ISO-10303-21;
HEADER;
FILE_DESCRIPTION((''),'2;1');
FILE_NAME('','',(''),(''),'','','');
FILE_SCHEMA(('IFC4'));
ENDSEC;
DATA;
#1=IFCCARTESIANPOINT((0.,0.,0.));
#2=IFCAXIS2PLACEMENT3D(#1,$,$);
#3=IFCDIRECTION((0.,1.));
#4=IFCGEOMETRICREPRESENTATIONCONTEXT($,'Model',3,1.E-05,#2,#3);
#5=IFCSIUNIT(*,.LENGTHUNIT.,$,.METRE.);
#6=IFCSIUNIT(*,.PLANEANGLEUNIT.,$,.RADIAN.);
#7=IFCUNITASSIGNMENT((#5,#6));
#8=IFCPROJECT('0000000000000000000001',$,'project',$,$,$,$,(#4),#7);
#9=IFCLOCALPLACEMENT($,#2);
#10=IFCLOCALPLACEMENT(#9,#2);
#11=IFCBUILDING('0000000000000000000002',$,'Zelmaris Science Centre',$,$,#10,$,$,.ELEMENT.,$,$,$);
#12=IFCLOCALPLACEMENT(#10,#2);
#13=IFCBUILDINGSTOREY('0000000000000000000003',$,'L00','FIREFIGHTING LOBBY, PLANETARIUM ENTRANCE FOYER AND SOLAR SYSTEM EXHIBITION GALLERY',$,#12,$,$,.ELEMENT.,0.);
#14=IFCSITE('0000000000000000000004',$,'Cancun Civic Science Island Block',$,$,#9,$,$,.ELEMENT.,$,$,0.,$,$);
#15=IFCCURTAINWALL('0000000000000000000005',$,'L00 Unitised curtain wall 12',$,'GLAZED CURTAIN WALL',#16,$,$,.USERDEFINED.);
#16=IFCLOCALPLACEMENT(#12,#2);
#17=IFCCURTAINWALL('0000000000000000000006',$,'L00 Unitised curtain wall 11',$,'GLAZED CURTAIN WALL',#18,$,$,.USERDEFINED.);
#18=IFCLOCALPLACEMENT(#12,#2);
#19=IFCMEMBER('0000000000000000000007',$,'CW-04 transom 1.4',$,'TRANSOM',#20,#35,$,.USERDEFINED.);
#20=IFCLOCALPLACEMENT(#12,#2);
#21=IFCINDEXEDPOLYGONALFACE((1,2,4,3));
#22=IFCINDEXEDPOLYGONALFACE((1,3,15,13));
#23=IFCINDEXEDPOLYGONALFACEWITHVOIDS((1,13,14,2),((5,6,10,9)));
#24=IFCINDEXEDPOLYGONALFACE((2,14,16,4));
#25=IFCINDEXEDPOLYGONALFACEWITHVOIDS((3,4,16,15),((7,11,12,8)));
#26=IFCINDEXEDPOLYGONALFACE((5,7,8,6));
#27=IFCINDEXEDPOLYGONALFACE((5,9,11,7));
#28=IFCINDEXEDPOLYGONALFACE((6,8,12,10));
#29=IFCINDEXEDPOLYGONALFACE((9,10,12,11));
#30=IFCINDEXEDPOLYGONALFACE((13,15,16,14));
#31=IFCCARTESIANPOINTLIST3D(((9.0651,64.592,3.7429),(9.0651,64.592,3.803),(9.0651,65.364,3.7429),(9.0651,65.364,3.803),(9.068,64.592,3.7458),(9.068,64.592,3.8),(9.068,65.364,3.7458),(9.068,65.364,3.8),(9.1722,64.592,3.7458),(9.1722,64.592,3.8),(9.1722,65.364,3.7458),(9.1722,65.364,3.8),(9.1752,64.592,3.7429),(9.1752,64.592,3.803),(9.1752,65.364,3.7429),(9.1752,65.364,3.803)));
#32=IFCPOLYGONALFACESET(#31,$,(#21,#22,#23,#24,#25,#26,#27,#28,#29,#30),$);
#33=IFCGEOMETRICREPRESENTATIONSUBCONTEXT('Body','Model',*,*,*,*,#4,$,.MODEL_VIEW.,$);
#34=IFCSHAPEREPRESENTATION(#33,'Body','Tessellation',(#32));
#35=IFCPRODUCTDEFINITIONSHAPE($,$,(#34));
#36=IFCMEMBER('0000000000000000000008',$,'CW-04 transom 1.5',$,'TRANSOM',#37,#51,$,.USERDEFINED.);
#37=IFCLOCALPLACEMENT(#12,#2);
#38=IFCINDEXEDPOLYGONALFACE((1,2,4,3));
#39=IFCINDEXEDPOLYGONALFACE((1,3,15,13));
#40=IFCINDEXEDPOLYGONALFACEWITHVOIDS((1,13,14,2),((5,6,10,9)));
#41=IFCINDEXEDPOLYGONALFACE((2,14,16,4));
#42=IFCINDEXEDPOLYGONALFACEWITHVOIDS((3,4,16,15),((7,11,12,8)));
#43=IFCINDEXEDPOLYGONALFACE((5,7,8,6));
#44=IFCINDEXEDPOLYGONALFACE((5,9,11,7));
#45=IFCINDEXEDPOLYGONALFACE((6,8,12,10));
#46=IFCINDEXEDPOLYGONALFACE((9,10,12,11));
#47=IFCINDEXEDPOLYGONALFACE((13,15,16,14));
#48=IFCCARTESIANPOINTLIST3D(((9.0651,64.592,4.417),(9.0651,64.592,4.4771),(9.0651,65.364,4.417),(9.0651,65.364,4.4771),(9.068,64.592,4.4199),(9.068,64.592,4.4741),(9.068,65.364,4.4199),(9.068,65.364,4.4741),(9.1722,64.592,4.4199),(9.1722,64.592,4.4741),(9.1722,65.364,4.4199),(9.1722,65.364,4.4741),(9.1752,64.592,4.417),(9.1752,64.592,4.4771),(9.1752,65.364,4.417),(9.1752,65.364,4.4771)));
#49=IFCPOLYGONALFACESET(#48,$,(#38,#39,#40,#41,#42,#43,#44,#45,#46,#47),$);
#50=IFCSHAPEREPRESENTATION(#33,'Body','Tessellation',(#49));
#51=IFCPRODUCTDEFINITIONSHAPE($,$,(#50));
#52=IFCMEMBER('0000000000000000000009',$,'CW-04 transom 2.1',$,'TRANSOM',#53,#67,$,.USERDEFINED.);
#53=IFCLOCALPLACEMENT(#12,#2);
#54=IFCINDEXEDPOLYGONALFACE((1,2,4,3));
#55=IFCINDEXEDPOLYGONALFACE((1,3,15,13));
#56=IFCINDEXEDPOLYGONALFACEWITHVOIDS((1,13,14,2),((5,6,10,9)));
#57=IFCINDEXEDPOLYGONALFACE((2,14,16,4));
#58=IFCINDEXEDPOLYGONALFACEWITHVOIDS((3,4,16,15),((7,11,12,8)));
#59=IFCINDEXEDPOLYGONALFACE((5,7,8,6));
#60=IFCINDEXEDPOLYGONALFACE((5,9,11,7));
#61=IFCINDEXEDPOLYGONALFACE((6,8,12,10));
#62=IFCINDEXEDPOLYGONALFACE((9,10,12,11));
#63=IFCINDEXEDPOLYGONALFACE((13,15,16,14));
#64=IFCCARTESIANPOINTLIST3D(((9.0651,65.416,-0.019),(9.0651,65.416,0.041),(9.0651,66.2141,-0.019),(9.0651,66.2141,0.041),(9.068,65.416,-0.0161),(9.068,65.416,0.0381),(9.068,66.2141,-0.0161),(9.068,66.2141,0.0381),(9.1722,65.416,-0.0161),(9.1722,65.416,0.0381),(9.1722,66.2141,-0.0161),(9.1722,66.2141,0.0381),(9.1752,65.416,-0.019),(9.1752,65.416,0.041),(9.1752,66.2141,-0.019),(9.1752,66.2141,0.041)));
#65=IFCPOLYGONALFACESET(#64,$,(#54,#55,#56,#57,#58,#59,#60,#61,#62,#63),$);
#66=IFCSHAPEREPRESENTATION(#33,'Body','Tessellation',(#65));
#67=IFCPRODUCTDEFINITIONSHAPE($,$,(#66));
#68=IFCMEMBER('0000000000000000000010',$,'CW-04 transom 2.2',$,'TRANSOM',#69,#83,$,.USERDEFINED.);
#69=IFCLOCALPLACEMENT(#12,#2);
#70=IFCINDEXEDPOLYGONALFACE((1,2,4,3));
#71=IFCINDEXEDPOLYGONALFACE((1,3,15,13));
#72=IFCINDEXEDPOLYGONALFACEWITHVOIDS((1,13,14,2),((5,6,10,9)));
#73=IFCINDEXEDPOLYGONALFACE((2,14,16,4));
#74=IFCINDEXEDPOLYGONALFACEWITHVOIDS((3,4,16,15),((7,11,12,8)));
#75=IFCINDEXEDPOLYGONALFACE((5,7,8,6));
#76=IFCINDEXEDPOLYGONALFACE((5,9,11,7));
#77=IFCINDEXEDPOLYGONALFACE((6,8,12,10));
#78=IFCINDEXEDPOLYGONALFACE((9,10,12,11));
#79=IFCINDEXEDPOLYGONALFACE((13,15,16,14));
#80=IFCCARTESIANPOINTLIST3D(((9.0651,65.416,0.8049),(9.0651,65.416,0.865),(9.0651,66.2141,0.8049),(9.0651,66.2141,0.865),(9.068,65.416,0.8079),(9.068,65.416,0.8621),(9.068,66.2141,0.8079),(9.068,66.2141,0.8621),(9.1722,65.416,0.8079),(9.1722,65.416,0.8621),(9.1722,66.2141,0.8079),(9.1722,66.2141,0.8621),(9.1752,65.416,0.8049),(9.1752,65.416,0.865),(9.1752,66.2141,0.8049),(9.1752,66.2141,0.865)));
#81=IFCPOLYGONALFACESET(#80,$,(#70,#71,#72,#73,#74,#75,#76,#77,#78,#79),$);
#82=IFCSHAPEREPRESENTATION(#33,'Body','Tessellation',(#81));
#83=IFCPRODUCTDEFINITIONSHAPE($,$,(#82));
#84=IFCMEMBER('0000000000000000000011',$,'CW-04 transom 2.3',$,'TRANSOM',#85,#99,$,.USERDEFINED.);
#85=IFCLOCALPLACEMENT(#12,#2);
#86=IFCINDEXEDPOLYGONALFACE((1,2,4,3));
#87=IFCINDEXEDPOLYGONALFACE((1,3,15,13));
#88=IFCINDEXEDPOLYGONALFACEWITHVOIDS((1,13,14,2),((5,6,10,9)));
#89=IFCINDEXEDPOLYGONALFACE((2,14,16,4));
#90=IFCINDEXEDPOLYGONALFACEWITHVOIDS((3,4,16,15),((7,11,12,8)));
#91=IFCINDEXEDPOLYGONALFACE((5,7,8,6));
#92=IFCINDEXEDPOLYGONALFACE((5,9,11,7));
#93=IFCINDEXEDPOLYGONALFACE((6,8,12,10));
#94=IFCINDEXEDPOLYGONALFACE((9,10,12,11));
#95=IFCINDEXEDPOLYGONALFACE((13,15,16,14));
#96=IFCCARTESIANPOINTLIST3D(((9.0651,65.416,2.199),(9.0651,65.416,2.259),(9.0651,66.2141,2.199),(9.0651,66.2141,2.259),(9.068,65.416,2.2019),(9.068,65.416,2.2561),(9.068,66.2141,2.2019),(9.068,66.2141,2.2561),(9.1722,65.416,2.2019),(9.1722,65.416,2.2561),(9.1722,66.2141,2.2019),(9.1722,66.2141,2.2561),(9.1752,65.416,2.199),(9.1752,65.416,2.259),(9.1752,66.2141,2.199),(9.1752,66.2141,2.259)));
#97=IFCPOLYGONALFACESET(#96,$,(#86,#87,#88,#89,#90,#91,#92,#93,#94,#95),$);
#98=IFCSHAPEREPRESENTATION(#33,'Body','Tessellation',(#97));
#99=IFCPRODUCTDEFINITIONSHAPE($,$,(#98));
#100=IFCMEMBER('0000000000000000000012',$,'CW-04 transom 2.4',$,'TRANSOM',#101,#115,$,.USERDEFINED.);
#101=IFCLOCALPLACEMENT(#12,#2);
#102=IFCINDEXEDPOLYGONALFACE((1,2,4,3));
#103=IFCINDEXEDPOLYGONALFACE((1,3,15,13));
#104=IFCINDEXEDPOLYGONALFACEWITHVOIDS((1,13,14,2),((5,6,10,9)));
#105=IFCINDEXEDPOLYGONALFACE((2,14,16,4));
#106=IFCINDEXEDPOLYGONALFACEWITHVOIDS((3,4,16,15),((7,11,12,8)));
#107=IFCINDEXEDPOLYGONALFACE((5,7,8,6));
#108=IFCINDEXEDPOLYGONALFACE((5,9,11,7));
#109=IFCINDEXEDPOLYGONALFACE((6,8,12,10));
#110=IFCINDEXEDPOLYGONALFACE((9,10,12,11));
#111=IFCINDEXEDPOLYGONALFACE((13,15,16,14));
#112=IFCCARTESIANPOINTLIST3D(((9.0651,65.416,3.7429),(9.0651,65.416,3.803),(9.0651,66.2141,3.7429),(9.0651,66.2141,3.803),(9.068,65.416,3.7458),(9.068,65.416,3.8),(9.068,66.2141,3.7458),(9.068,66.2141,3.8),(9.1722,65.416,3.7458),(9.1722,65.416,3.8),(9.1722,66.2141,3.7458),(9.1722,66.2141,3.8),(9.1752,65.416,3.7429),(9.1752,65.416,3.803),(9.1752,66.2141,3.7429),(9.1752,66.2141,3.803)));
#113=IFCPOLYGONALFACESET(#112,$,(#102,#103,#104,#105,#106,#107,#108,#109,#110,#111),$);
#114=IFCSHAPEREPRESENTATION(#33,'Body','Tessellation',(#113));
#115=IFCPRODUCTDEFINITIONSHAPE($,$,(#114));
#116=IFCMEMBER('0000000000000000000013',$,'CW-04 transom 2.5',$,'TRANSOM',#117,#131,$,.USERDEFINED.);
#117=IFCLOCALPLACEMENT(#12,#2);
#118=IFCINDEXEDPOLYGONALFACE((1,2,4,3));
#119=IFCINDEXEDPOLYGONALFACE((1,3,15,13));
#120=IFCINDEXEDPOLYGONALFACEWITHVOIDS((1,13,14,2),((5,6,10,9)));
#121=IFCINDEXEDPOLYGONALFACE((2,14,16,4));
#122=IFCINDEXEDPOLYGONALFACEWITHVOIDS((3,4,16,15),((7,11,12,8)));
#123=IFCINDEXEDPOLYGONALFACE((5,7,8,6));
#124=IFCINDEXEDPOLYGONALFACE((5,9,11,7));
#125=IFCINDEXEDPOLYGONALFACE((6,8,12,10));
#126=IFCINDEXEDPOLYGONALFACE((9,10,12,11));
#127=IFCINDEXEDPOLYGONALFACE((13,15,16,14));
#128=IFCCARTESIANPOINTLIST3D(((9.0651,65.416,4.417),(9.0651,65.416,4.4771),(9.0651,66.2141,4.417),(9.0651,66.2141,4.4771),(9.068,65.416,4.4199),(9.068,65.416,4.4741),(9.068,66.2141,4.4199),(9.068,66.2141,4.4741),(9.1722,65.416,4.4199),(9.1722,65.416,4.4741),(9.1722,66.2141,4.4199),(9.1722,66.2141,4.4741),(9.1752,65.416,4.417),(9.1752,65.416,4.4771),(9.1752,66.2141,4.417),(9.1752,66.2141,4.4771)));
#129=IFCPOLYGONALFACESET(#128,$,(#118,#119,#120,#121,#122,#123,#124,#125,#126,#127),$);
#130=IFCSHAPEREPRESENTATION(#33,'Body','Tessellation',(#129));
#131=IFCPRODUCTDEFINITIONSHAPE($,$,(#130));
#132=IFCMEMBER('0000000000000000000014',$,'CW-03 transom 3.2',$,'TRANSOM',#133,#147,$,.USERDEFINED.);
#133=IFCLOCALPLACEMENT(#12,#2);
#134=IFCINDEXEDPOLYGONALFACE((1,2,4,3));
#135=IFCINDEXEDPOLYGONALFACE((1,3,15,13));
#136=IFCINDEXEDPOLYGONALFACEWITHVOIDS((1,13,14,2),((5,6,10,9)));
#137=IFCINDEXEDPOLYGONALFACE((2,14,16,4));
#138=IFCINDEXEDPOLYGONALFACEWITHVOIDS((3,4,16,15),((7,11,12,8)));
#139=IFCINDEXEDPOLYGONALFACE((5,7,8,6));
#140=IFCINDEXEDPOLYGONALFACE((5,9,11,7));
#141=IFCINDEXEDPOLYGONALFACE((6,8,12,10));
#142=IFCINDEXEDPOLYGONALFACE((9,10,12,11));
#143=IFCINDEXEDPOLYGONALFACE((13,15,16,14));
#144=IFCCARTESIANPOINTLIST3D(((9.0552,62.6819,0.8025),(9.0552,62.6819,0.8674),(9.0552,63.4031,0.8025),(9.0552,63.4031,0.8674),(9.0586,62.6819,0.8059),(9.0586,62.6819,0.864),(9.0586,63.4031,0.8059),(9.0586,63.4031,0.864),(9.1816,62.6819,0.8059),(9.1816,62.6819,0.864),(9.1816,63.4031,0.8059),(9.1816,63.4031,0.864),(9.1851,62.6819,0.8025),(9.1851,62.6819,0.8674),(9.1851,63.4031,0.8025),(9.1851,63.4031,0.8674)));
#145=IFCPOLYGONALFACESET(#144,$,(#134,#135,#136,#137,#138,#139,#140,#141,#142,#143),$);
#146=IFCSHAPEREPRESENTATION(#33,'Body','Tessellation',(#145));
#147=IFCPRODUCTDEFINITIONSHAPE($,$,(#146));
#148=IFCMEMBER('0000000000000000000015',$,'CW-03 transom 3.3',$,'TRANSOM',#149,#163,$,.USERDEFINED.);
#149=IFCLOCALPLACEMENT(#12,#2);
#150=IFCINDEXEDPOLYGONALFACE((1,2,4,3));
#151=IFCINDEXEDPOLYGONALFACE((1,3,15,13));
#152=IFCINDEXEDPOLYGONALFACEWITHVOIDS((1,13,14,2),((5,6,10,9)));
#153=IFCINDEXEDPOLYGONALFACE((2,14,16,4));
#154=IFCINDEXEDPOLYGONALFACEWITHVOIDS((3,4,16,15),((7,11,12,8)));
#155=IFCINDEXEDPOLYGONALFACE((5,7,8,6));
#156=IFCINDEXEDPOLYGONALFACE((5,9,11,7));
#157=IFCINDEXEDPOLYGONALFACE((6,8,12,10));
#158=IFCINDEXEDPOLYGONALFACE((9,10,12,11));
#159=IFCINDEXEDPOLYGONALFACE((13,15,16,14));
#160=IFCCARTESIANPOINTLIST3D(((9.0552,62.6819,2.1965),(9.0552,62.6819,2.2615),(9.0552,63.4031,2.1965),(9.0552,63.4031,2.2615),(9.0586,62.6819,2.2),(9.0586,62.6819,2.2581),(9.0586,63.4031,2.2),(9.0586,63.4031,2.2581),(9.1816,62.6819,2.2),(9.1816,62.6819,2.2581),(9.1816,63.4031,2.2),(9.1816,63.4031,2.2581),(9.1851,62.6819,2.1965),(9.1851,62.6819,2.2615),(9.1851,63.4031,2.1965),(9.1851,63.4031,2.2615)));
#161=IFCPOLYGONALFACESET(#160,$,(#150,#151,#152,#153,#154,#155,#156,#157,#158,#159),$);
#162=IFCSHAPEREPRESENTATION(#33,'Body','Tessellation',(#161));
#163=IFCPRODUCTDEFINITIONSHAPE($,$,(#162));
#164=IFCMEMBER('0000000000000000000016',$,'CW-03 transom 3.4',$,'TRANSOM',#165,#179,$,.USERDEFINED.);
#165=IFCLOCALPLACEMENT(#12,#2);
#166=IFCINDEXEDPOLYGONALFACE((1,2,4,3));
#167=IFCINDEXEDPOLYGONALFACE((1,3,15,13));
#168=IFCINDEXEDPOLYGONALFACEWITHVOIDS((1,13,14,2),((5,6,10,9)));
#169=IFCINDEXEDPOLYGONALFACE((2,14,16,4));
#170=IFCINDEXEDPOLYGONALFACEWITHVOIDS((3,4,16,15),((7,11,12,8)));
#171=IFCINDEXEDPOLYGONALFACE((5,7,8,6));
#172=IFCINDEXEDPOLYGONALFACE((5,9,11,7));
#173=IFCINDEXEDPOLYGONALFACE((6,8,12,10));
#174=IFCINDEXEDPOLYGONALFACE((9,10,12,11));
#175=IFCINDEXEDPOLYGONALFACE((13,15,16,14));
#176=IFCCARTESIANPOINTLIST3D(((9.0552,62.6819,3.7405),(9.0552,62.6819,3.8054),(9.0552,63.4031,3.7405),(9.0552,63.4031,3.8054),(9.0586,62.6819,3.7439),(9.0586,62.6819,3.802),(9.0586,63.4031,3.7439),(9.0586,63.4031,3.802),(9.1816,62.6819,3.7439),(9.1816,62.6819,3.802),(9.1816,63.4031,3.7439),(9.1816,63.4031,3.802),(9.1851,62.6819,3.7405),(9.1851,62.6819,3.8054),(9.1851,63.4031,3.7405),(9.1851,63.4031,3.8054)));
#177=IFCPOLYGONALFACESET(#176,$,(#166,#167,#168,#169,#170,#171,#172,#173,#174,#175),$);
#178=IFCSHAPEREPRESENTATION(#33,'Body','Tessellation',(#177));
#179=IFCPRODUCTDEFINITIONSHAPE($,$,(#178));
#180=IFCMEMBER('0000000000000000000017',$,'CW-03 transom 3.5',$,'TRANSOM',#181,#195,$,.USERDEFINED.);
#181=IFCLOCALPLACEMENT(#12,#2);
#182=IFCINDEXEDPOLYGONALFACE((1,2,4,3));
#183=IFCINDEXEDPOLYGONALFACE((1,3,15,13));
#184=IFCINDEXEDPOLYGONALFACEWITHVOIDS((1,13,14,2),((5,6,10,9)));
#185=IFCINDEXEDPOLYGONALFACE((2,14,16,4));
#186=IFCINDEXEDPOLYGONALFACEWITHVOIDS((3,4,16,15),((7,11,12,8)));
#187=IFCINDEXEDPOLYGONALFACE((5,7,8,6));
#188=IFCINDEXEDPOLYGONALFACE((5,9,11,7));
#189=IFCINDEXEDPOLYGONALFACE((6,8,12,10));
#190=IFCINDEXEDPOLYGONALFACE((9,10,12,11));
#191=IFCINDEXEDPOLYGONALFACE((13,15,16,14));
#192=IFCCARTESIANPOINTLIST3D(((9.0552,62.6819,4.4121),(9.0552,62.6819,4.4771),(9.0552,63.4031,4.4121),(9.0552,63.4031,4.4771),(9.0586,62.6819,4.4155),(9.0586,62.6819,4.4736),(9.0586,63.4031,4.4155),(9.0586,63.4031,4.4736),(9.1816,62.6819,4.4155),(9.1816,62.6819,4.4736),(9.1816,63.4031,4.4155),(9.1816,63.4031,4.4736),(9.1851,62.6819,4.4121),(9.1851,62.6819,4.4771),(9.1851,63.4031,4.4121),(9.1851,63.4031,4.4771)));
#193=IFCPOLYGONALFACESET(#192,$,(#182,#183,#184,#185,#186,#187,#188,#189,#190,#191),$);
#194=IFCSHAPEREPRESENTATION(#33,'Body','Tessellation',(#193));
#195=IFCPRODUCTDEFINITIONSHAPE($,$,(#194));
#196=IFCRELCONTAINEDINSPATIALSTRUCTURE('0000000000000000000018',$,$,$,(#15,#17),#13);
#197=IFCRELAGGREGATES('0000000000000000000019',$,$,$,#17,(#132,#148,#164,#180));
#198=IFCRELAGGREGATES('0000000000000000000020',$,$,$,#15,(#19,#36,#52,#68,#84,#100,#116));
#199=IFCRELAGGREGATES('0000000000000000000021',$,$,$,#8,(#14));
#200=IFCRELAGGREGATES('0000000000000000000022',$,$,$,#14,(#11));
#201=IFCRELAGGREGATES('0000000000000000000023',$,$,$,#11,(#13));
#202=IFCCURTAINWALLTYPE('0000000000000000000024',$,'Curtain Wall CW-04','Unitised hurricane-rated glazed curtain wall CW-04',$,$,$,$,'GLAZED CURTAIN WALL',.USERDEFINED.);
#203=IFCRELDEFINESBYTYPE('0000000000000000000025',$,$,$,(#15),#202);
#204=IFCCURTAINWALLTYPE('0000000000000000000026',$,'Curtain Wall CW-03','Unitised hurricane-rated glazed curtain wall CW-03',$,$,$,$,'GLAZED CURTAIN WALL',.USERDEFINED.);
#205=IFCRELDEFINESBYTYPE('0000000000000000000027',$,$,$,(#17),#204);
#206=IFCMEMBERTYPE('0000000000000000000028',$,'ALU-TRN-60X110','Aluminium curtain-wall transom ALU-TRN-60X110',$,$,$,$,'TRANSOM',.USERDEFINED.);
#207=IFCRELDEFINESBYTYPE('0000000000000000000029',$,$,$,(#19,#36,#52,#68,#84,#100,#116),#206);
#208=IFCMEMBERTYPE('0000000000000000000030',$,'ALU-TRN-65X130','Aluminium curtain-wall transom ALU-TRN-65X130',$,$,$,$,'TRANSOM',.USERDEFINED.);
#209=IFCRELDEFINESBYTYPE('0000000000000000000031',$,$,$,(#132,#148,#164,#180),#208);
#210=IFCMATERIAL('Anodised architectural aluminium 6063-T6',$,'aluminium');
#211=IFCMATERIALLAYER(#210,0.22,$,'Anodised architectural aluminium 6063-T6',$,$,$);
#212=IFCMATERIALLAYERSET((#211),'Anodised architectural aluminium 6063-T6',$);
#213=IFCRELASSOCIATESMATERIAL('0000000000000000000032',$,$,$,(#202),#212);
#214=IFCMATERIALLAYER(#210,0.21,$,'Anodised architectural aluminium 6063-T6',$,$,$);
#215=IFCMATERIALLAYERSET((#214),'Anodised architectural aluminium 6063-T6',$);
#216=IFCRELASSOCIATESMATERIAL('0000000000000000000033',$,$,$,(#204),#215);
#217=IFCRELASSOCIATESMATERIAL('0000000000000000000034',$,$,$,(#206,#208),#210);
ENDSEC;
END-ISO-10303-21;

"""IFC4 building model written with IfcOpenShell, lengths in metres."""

from ifc_helpers import new_model, si_unit, direction, frame, origin, origin_2d, place, context, subcontext, project, spatial, hollow_rectangle, extrude, material, layer, layer_set, material_profile, profile_set, type_object, element, aggregate, save


model = new_model("IFC4")

# Units and contexts
model_context = context("Model", 3, precision=1e-05, world=origin(), true_north=direction((0.0, 1.0)))
body_context = subcontext(model_context, "Body", "Model", "MODEL_VIEW")
ifc_project = project(units=[si_unit("LENGTHUNIT", "METRE"), si_unit("PLANEANGLEUNIT", "RADIAN")], contexts=[model_context])

# Site, building, storey
site_placement = place(None, origin())
site = spatial("IfcSite", under=ifc_project, at=site_placement, Name="Cancun Civic Science Island Block", CompositionType="ELEMENT", RefElevation=0.0)
building_placement = place(site_placement, origin())
building = spatial("IfcBuilding", under=site, at=building_placement, Name="Zelmaris Science Centre", CompositionType="ELEMENT")
storey_placement = place(building_placement, origin())
storey = spatial("IfcBuildingStorey", under=building, at=storey_placement, Name="L00", Description="FIREFIGHTING LOBBY, PLANETARIUM ENTRANCE FOYER AND SOLAR SYSTEM EXHIBITION GALLERY", CompositionType="ELEMENT", Elevation=0.0)

# Curtain wall
ifc_material_1 = material(Name="Anodised architectural aluminium 6063-T6", Category="aluminium")
ifc_layer_1 = layer(ifc_material_1, 0.22, Name="Anodised architectural aluminium 6063-T6")
ifc_layer_set_1 = layer_set([ifc_layer_1], Name="Anodised architectural aluminium 6063-T6")
curtain_wall_type_1 = type_object("IfcCurtainWallType", Name="Curtain Wall CW-04", Description="Unitised hurricane-rated glazed curtain wall CW-04", ElementType="GLAZED CURTAIN WALL", PredefinedType="USERDEFINED", material=ifc_layer_set_1)
curtain_wall_1_placement = place(storey_placement, origin())
curtain_wall_1 = element("IfcCurtainWall", 1, at=curtain_wall_1_placement, inside=storey, type_object=curtain_wall_type_1, Name="L00 Unitised curtain wall 12", ObjectType="GLAZED CURTAIN WALL", PredefinedType="USERDEFINED")

# Curtain wall
ifc_layer_2 = layer(ifc_material_1, 0.21, Name="Anodised architectural aluminium 6063-T6")
ifc_layer_set_2 = layer_set([ifc_layer_2], Name="Anodised architectural aluminium 6063-T6")
curtain_wall_type_2 = type_object("IfcCurtainWallType", Name="Curtain Wall CW-03", Description="Unitised hurricane-rated glazed curtain wall CW-03", ElementType="GLAZED CURTAIN WALL", PredefinedType="USERDEFINED", material=ifc_layer_set_2)
curtain_wall_2_placement = place(storey_placement, origin())
curtain_wall_2 = element("IfcCurtainWall", 2, at=curtain_wall_2_placement, inside=storey, type_object=curtain_wall_type_2, Name="L00 Unitised curtain wall 11", ObjectType="GLAZED CURTAIN WALL", PredefinedType="USERDEFINED")

# Members
ifc_material_profile_1 = material_profile(ifc_material_1, hollow_rectangle(XDim=0.0601, YDim=0.1101, WallThickness=0.0029, at=origin_2d()), Name="ALU-TRN-60X110")
ifc_profile_set_1 = profile_set([ifc_material_profile_1], Name="Anodised architectural aluminium 6063-T6")
member_type_1 = type_object("IfcMemberType", Name="ALU-TRN-60X110", Description="Aluminium curtain-wall transom ALU-TRN-60X110", ElementType="TRANSOM", PredefinedType="USERDEFINED", material=ifc_profile_set_1)
member_1_placement = place(storey_placement, frame((9.1201, 64.592, 3.7729), z_axis=(0.0, 1.0, 0.0), x_axis=(0.0, 0.0, 1.0)))
member_1 = element("IfcMember", 3, at=member_1_placement, type_object=member_type_1, Name="CW-04 transom 1.4", ObjectType="TRANSOM", PredefinedType="USERDEFINED", context=body_context, shape_type="SweptSolid", body=[
    extrude(hollow_rectangle(XDim=0.0601, YDim=0.1101, WallThickness=0.0029, at=origin_2d()), origin(), (0.0, 0.0, 1.0), 0.772),
])
member_2_placement = place(storey_placement, frame((9.1201, 64.592, 4.447), z_axis=(0.0, 1.0, 0.0), x_axis=(0.0, 0.0, 1.0)))
member_2 = element("IfcMember", 4, at=member_2_placement, type_object=member_type_1, Name="CW-04 transom 1.5", ObjectType="TRANSOM", PredefinedType="USERDEFINED", context=body_context, shape_type="SweptSolid", body=[
    extrude(hollow_rectangle(XDim=0.0601, YDim=0.1101, WallThickness=0.0029, at=origin_2d()), origin(), (0.0, 0.0, 1.0), 0.772),
])
member_3_placement = place(storey_placement, frame((9.1201, 65.416, 0.011), z_axis=(0.0, 1.0, 0.0), x_axis=(0.0, 0.0, 1.0)))
member_3 = element("IfcMember", 5, at=member_3_placement, type_object=member_type_1, Name="CW-04 transom 2.1", ObjectType="TRANSOM", PredefinedType="USERDEFINED", context=body_context, shape_type="SweptSolid", body=[
    extrude(hollow_rectangle(XDim=0.0601, YDim=0.1101, WallThickness=0.0029, at=origin_2d()), origin(), (0.0, 0.0, 1.0), 0.7981),
])
member_4_placement = place(storey_placement, frame((9.1201, 65.416, 0.835), z_axis=(0.0, 1.0, 0.0), x_axis=(0.0, 0.0, 1.0)))
member_4 = element("IfcMember", 6, at=member_4_placement, type_object=member_type_1, Name="CW-04 transom 2.2", ObjectType="TRANSOM", PredefinedType="USERDEFINED", context=body_context, shape_type="SweptSolid", body=[
    extrude(hollow_rectangle(XDim=0.0601, YDim=0.1101, WallThickness=0.0029, at=origin_2d()), origin(), (0.0, 0.0, 1.0), 0.7981),
])
member_5_placement = place(storey_placement, frame((9.1201, 65.416, 2.229), z_axis=(0.0, 1.0, 0.0), x_axis=(0.0, 0.0, 1.0)))
member_5 = element("IfcMember", 7, at=member_5_placement, type_object=member_type_1, Name="CW-04 transom 2.3", ObjectType="TRANSOM", PredefinedType="USERDEFINED", context=body_context, shape_type="SweptSolid", body=[
    extrude(hollow_rectangle(XDim=0.0601, YDim=0.1101, WallThickness=0.0029, at=origin_2d()), origin(), (0.0, 0.0, 1.0), 0.7981),
])
member_6_placement = place(storey_placement, frame((9.1201, 65.416, 3.7729), z_axis=(0.0, 1.0, 0.0), x_axis=(0.0, 0.0, 1.0)))
member_6 = element("IfcMember", 8, at=member_6_placement, type_object=member_type_1, Name="CW-04 transom 2.4", ObjectType="TRANSOM", PredefinedType="USERDEFINED", context=body_context, shape_type="SweptSolid", body=[
    extrude(hollow_rectangle(XDim=0.0601, YDim=0.1101, WallThickness=0.0029, at=origin_2d()), origin(), (0.0, 0.0, 1.0), 0.7981),
])
member_7_placement = place(storey_placement, frame((9.1201, 65.416, 4.447), z_axis=(0.0, 1.0, 0.0), x_axis=(0.0, 0.0, 1.0)))
member_7 = element("IfcMember", 9, at=member_7_placement, type_object=member_type_1, Name="CW-04 transom 2.5", ObjectType="TRANSOM", PredefinedType="USERDEFINED", context=body_context, shape_type="SweptSolid", body=[
    extrude(hollow_rectangle(XDim=0.0601, YDim=0.1101, WallThickness=0.0029, at=origin_2d()), origin(), (0.0, 0.0, 1.0), 0.7981),
])
ifc_material_profile_2 = material_profile(ifc_material_1, hollow_rectangle(XDim=0.0649, YDim=0.1299, WallThickness=0.0034, at=origin_2d()), Name="ALU-TRN-65X130")
ifc_profile_set_2 = profile_set([ifc_material_profile_2], Name="Anodised architectural aluminium 6063-T6")
member_type_2 = type_object("IfcMemberType", Name="ALU-TRN-65X130", Description="Aluminium curtain-wall transom ALU-TRN-65X130", ElementType="TRANSOM", PredefinedType="USERDEFINED", material=ifc_profile_set_2)
member_8_placement = place(storey_placement, frame((9.1201, 62.6819, 0.835), z_axis=(0.0, 1.0, 0.0), x_axis=(0.0, 0.0, 1.0)))
member_8 = element("IfcMember", 10, at=member_8_placement, type_object=member_type_2, Name="CW-03 transom 3.2", ObjectType="TRANSOM", PredefinedType="USERDEFINED", context=body_context, shape_type="SweptSolid", body=[
    extrude(hollow_rectangle(XDim=0.0649, YDim=0.1299, WallThickness=0.0034, at=origin_2d()), origin(), (0.0, 0.0, 1.0), 0.7212),
])
member_9_placement = place(storey_placement, frame((9.1201, 62.6819, 2.229), z_axis=(0.0, 1.0, 0.0), x_axis=(0.0, 0.0, 1.0)))
member_9 = element("IfcMember", 11, at=member_9_placement, type_object=member_type_2, Name="CW-03 transom 3.3", ObjectType="TRANSOM", PredefinedType="USERDEFINED", context=body_context, shape_type="SweptSolid", body=[
    extrude(hollow_rectangle(XDim=0.0649, YDim=0.1299, WallThickness=0.0034, at=origin_2d()), origin(), (0.0, 0.0, 1.0), 0.7212),
])
member_10_placement = place(storey_placement, frame((9.1201, 62.6819, 3.7729), z_axis=(0.0, 1.0, 0.0), x_axis=(0.0, 0.0, 1.0)))
member_10 = element("IfcMember", 12, at=member_10_placement, type_object=member_type_2, Name="CW-03 transom 3.4", ObjectType="TRANSOM", PredefinedType="USERDEFINED", context=body_context, shape_type="SweptSolid", body=[
    extrude(hollow_rectangle(XDim=0.0649, YDim=0.1299, WallThickness=0.0034, at=origin_2d()), origin(), (0.0, 0.0, 1.0), 0.7212),
])
member_11_placement = place(storey_placement, frame((9.1201, 62.6819, 4.4446), z_axis=(0.0, 1.0, 0.0), x_axis=(0.0, 0.0, 1.0)))
member_11 = element("IfcMember", 13, at=member_11_placement, type_object=member_type_2, Name="CW-03 transom 3.5", ObjectType="TRANSOM", PredefinedType="USERDEFINED", context=body_context, shape_type="SweptSolid", body=[
    extrude(hollow_rectangle(XDim=0.0649, YDim=0.1299, WallThickness=0.0034, at=origin_2d()), origin(), (0.0, 0.0, 1.0), 0.7212),
])

aggregate(curtain_wall_2, [member_8, member_9, member_10, member_11])
aggregate(curtain_wall_1, [member_1, member_2, member_3, member_4, member_5, member_6, member_7])

save(model, "model.ifc")
